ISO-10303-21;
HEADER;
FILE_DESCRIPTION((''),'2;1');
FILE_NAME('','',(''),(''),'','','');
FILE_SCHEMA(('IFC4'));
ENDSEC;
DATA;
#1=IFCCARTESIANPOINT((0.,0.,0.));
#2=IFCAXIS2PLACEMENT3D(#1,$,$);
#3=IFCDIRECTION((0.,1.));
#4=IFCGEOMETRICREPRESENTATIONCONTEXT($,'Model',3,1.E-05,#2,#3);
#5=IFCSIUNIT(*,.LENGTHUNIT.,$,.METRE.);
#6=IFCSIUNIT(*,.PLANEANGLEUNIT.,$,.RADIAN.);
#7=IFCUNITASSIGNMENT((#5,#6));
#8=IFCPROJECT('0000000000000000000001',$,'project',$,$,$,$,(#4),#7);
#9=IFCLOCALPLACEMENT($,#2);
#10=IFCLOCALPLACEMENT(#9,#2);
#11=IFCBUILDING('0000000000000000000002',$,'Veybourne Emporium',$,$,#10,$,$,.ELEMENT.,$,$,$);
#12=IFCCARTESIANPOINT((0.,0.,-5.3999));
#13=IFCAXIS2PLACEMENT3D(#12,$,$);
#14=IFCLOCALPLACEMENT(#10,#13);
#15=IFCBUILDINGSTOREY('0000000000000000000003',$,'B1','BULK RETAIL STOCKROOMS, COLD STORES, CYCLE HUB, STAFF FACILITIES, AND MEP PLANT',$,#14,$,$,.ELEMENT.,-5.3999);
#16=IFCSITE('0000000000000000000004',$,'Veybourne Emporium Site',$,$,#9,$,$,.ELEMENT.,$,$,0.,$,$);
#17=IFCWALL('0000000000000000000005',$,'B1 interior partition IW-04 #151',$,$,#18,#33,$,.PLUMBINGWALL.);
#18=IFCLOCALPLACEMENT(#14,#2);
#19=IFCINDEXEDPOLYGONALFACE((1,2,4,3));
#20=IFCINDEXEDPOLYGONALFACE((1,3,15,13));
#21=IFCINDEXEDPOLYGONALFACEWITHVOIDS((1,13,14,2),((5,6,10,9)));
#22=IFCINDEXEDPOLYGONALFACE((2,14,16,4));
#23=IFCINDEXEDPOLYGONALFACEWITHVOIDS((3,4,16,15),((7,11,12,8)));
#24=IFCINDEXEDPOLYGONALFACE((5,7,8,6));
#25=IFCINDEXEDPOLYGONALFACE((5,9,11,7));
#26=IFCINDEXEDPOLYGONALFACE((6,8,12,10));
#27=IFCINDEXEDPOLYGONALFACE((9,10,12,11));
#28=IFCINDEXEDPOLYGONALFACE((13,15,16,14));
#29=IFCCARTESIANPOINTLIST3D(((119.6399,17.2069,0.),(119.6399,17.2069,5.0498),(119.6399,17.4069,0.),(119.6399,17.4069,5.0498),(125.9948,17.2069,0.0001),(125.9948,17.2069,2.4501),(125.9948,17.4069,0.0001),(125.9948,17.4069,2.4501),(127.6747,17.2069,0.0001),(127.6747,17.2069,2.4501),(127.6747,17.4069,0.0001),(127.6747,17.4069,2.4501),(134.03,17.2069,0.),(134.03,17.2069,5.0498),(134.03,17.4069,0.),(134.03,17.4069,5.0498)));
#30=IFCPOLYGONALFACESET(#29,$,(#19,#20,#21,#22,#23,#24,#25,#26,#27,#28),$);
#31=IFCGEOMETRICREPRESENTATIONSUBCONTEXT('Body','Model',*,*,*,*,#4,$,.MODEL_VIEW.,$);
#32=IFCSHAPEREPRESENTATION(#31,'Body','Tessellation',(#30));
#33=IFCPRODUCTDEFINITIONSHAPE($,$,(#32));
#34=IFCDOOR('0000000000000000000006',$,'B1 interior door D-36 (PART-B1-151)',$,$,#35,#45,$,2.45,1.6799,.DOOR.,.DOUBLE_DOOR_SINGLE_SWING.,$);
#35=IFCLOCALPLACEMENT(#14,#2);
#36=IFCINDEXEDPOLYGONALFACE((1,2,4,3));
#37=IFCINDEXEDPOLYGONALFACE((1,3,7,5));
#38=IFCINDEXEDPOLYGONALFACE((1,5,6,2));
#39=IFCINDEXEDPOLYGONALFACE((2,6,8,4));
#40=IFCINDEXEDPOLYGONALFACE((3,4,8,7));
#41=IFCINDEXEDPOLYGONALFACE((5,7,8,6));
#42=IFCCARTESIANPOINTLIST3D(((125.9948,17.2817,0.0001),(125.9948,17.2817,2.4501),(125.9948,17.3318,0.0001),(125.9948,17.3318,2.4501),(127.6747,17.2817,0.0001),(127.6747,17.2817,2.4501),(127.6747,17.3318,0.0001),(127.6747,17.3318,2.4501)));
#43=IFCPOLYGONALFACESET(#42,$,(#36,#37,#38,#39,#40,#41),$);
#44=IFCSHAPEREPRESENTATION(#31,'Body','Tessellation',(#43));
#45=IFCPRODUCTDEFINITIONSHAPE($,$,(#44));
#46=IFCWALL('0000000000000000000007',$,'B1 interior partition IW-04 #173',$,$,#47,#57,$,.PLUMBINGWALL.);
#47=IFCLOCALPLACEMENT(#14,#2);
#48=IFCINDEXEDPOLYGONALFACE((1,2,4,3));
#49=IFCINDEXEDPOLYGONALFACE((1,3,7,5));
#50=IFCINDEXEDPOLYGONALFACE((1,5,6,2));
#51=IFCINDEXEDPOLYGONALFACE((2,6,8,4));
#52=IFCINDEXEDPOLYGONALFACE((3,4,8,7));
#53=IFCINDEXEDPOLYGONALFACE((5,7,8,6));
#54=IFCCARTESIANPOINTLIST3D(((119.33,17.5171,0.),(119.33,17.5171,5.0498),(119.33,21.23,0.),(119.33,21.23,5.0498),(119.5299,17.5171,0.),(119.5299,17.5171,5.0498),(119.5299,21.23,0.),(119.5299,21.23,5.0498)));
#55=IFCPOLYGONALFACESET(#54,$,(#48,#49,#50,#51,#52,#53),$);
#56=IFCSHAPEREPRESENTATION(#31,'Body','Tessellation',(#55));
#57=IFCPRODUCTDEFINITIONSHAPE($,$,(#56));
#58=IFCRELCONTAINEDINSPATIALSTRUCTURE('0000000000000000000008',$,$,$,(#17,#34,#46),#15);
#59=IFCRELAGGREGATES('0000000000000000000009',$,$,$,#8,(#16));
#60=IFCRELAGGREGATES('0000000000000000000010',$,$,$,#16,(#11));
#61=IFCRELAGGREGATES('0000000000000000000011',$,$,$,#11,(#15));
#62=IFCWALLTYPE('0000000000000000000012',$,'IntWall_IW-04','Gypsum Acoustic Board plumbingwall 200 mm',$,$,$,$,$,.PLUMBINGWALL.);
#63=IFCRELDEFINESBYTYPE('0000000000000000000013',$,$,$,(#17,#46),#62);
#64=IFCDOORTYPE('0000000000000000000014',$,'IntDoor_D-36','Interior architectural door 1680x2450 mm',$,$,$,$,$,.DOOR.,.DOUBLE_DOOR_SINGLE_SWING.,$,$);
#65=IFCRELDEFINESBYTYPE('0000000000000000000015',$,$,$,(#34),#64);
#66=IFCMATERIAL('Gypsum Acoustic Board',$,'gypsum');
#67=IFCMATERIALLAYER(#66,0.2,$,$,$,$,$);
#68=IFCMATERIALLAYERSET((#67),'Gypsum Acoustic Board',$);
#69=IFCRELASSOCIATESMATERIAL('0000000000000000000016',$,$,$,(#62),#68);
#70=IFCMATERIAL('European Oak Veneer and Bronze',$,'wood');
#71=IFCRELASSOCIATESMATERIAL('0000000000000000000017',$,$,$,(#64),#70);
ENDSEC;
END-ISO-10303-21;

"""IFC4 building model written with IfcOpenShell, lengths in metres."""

from ifc_helpers import new_model, si_unit, direction, frame, frame_2d, origin, place, context, subcontext, project, spatial, rectangle, extrude, material, layer, layer_set, type_object, element, fill, save


model = new_model("IFC4")

# Units and contexts
model_context = context("Model", 3, precision=1e-05, world=origin(), true_north=direction((0.0, 1.0)))
body_context = subcontext(model_context, "Body", "Model", "MODEL_VIEW")
ifc_project = project(units=[si_unit("LENGTHUNIT", "METRE"), si_unit("PLANEANGLEUNIT", "RADIAN")], contexts=[model_context])

# Site, building, storey
site_placement = place(None, origin())
site = spatial("IfcSite", under=ifc_project, at=site_placement, Name="Veybourne Emporium Site", CompositionType="ELEMENT", RefElevation=0.0)
building_placement = place(site_placement, origin())
building = spatial("IfcBuilding", under=site, at=building_placement, Name="Veybourne Emporium", CompositionType="ELEMENT")
storey_placement = place(building_placement, frame((0.0, 0.0, -5.3999)))
storey = spatial("IfcBuildingStorey", under=building, at=storey_placement, Name="B1", Description="BULK RETAIL STOCKROOMS, COLD STORES, CYCLE HUB, STAFF FACILITIES, AND MEP PLANT", CompositionType="ELEMENT", Elevation=-5.3999)

# Wall, opening, door
ifc_material_1 = material(Name="Gypsum Acoustic Board", Category="gypsum")
ifc_layer_1 = layer(ifc_material_1, 0.2)
ifc_layer_set_1 = layer_set([ifc_layer_1], Name="Gypsum Acoustic Board")
wall_type_1 = type_object("IfcWallType", Name="IntWall_IW-04", Description="Gypsum Acoustic Board plumbingwall 200 mm", PredefinedType="PLUMBINGWALL", material=ifc_layer_set_1)
wall_1_placement = place(storey_placement, frame((119.6399, 17.3069, 0.0), z_axis=(0.0, 0.0, 1.0), x_axis=(1.0, 0.0, 0.0)))
wall_1 = element("IfcWall", 1, at=wall_1_placement, inside=storey, type_object=wall_type_1, Name="B1 interior partition IW-04 #151", PredefinedType="PLUMBINGWALL", context=body_context, shape_type="SweptSolid", body=[
    extrude(rectangle(XDim=14.3901, YDim=0.2, at=frame_2d((7.1951, 0.0))), origin(), (0.0, 0.0, 1.0), 5.0498),
])
opening_placement = place(wall_1_placement, frame((6.355, 0.0, 0.0)))
opening = element("IfcOpeningElement", 2, at=opening_placement, cuts=wall_1, PredefinedType="OPENING", context=body_context, shape_type="SweptSolid", body=[
    extrude(rectangle(XDim=1.6799, YDim=2.45, at=frame_2d((0.8398, 1.2251))), frame((0.0, 0.1201, 0.0), z_axis=(0.0, -1.0, 0.0), x_axis=(1.0, 0.0, 0.0)), (0.0, 0.0, 1.0), 0.24),
])
ifc_material_2 = material(Name="European Oak Veneer and Bronze", Category="wood")
door_type = type_object("IfcDoorType", Name="IntDoor_D-36", Description="Interior architectural door 1680x2450 mm", OperationType="DOUBLE_DOOR_SINGLE_SWING", PredefinedType="DOOR", material=ifc_material_2)
door_placement = place(opening_placement, origin())
door = element("IfcDoor", 3, at=door_placement, inside=storey, type_object=door_type, Name="B1 interior door D-36 (PART-B1-151)", OperationType="DOUBLE_DOOR_SINGLE_SWING", OverallHeight=2.45, OverallWidth=1.6799, PredefinedType="DOOR", context=body_context, shape_type="SweptSolid", body=[
    extrude(rectangle(XDim=1.6799, YDim=2.45, at=frame_2d((0.8398, 1.2251))), frame((0.0, 0.0249, 0.0), z_axis=(0.0, -1.0, 0.0), x_axis=(1.0, 0.0, 0.0)), (0.0, 0.0, 1.0), 0.05),
])
fill(opening, door)

# Wall
wall_2_placement = place(storey_placement, frame((119.4299, 17.5171, 0.0), z_axis=(0.0, 0.0, 1.0), x_axis=(0.0, 1.0, 0.0)))
element("IfcWall", 4, at=wall_2_placement, inside=storey, type_object=wall_type_1, Name="B1 interior partition IW-04 #173", PredefinedType="PLUMBINGWALL", context=body_context, shape_type="SweptSolid", body=[
    extrude(rectangle(XDim=3.7129, YDim=0.2, at=frame_2d((1.8564, 0.0))), origin(), (0.0, 0.0, 1.0), 5.0498),
])

save(model, "model.ifc")
